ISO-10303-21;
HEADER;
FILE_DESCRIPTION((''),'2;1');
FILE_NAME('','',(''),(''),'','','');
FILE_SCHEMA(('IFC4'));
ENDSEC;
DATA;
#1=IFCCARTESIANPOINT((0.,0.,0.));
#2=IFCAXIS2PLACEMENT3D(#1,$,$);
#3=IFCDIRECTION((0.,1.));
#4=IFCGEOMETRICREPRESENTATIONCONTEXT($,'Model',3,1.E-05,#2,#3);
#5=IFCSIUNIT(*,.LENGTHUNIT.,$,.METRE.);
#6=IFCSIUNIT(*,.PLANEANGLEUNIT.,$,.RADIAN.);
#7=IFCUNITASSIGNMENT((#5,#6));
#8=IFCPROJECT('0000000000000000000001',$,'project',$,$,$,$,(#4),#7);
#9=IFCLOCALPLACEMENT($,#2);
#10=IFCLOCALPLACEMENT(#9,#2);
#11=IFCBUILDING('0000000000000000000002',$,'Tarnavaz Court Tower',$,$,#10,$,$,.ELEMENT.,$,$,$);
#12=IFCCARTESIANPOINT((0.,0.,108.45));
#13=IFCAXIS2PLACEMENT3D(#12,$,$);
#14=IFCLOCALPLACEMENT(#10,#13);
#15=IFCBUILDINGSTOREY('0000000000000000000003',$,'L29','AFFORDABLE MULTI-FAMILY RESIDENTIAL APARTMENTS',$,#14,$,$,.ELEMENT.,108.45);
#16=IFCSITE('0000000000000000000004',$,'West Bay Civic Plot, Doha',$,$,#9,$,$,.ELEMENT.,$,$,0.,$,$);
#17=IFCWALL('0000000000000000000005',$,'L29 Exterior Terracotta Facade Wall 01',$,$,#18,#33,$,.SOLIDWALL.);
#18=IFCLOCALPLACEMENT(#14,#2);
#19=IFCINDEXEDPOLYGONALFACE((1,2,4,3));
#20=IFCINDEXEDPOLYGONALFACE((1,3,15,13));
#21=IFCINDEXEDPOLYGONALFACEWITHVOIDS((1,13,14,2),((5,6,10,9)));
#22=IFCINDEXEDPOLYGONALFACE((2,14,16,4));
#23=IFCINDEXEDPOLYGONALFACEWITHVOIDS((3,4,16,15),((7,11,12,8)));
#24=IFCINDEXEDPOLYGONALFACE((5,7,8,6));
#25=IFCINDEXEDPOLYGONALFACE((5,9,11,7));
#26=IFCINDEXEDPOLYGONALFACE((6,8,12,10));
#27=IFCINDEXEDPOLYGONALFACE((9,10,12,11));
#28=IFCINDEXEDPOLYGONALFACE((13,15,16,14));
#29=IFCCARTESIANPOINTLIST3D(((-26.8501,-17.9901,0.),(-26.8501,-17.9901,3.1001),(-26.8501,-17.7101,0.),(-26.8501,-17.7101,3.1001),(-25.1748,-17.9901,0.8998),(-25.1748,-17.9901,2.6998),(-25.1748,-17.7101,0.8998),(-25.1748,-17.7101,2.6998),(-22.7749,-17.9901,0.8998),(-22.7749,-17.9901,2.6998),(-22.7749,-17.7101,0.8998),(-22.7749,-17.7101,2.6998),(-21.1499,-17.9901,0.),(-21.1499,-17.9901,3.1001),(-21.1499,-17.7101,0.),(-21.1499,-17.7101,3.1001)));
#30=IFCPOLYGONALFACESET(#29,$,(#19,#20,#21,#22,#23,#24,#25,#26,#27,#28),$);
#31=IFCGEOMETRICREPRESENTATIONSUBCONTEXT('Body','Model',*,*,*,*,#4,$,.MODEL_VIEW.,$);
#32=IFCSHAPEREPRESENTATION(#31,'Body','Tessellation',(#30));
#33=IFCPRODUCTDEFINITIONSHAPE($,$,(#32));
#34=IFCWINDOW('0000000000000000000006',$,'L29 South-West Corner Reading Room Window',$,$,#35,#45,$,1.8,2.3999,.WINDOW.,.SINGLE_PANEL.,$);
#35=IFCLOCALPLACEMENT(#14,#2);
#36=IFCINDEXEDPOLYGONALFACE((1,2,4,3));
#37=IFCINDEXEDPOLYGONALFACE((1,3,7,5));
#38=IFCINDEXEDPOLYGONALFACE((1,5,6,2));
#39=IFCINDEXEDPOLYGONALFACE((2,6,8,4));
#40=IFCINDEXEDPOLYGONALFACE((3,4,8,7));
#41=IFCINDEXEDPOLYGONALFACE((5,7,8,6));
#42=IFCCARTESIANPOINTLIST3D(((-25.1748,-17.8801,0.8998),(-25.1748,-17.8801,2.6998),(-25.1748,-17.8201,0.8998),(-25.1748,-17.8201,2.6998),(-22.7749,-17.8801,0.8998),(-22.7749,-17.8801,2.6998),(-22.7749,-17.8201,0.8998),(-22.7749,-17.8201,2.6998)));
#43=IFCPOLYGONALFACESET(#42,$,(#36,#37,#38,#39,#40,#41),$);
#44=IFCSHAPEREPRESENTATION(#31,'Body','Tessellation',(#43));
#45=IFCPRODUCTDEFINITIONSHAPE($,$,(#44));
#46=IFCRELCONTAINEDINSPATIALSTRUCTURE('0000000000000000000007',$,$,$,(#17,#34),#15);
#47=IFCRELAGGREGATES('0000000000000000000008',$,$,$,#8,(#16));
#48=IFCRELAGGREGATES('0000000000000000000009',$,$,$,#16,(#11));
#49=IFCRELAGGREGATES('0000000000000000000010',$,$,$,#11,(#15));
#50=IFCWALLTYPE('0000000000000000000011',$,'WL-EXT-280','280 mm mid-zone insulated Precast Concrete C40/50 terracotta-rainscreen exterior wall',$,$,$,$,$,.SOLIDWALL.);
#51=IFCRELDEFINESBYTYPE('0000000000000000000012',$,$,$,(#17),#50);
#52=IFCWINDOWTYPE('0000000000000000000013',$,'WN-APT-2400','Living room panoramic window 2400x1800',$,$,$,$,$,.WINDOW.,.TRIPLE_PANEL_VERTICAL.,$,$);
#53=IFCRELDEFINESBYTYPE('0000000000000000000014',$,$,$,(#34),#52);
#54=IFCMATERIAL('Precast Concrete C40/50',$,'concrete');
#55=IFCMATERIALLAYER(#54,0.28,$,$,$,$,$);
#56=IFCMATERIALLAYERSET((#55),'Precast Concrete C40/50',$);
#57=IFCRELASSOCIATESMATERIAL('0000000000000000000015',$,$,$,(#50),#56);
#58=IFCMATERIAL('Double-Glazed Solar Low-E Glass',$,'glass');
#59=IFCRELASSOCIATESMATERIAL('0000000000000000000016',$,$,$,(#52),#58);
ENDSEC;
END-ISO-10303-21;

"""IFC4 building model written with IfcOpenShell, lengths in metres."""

from ifc_helpers import new_model, si_unit, direction, frame, frame_2d, origin, place, context, subcontext, project, spatial, rectangle, extrude, material, layer, layer_set, type_object, element, fill, save


model = new_model("IFC4")

# Units and contexts
model_context = context("Model", 3, precision=1e-05, world=origin(), true_north=direction((0.0, 1.0)))
body_context = subcontext(model_context, "Body", "Model", "MODEL_VIEW")
ifc_project = project(units=[si_unit("LENGTHUNIT", "METRE"), si_unit("PLANEANGLEUNIT", "RADIAN")], contexts=[model_context])

# Site, building, storey
site_placement = place(None, origin())
site = spatial("IfcSite", under=ifc_project, at=site_placement, Name="West Bay Civic Plot, Doha", CompositionType="ELEMENT", RefElevation=0.0)
building_placement = place(site_placement, origin())
building = spatial("IfcBuilding", under=site, at=building_placement, Name="Tarnavaz Court Tower", CompositionType="ELEMENT")
storey_placement = place(building_placement, frame((0.0, 0.0, 108.45)))
storey = spatial("IfcBuildingStorey", under=building, at=storey_placement, Name="L29", Description="AFFORDABLE MULTI-FAMILY RESIDENTIAL APARTMENTS", CompositionType="ELEMENT", Elevation=108.45)

# Wall, opening, window
ifc_material_1 = material(Name="Precast Concrete C40/50", Category="concrete")
ifc_layer_1 = layer(ifc_material_1, 0.28)
ifc_layer_set_1 = layer_set([ifc_layer_1], Name="Precast Concrete C40/50")
wall_type_1 = type_object("IfcWallType", Name="WL-EXT-280", Description="280 mm mid-zone insulated Precast Concrete C40/50 terracotta-rainscreen exterior wall", PredefinedType="SOLIDWALL", material=ifc_layer_set_1)
wall_1_placement = place(storey_placement, frame((-21.1499, -17.8501, 0.0), z_axis=(0.0, 0.0, 1.0), x_axis=(-1.0, 0.0, 0.0)))
wall_1 = element("IfcWall", 1, at=wall_1_placement, inside=storey, type_object=wall_type_1, Name="L29 Exterior Terracotta Facade Wall 01", PredefinedType="SOLIDWALL", context=body_context, shape_type="SweptSolid", body=[
    extrude(rectangle(XDim=5.7002, YDim=0.28, at=frame_2d((2.8501, 0.0))), origin(), (0.0, 0.0, 1.0), 3.1001),
])
opening_1_placement = place(wall_1_placement, frame((1.625, 0.0, 0.8999)))
opening_1 = element("IfcOpeningElement", 2, at=opening_1_placement, cuts=wall_1, PredefinedType="OPENING", context=body_context, shape_type="SweptSolid", body=[
    extrude(rectangle(XDim=2.3999, YDim=1.8, at=frame_2d((1.2, 0.8999))), frame((0.0, 0.1499, 0.0), z_axis=(0.0, -1.0, 0.0), x_axis=(1.0, 0.0, 0.0)), (0.0, 0.0, 1.0), 0.3),
])
ifc_material_2 = material(Name="Double-Glazed Solar Low-E Glass", Category="glass")
window_type_1 = type_object("IfcWindowType", Name="WN-APT-2400", Description="Living room panoramic window 2400x1800", PartitioningType="TRIPLE_PANEL_VERTICAL", PredefinedType="WINDOW", material=ifc_material_2)
window_1_placement = place(opening_1_placement, origin())
window_1 = element("IfcWindow", 3, at=window_1_placement, inside=storey, type_object=window_type_1, Name="L29 South-West Corner Reading Room Window", OverallHeight=1.8, OverallWidth=2.3999, PartitioningType="SINGLE_PANEL", PredefinedType="WINDOW", context=body_context, shape_type="SweptSolid", body=[
    extrude(rectangle(XDim=2.3999, YDim=1.8, at=frame_2d((1.2, 0.8999))), frame((0.0, 0.03, 0.0), z_axis=(0.0, -1.0, 0.0), x_axis=(1.0, 0.0, 0.0)), (0.0, 0.0, 1.0), 0.0601),
])
fill(opening_1, window_1)

save(model, "model.ifc")
